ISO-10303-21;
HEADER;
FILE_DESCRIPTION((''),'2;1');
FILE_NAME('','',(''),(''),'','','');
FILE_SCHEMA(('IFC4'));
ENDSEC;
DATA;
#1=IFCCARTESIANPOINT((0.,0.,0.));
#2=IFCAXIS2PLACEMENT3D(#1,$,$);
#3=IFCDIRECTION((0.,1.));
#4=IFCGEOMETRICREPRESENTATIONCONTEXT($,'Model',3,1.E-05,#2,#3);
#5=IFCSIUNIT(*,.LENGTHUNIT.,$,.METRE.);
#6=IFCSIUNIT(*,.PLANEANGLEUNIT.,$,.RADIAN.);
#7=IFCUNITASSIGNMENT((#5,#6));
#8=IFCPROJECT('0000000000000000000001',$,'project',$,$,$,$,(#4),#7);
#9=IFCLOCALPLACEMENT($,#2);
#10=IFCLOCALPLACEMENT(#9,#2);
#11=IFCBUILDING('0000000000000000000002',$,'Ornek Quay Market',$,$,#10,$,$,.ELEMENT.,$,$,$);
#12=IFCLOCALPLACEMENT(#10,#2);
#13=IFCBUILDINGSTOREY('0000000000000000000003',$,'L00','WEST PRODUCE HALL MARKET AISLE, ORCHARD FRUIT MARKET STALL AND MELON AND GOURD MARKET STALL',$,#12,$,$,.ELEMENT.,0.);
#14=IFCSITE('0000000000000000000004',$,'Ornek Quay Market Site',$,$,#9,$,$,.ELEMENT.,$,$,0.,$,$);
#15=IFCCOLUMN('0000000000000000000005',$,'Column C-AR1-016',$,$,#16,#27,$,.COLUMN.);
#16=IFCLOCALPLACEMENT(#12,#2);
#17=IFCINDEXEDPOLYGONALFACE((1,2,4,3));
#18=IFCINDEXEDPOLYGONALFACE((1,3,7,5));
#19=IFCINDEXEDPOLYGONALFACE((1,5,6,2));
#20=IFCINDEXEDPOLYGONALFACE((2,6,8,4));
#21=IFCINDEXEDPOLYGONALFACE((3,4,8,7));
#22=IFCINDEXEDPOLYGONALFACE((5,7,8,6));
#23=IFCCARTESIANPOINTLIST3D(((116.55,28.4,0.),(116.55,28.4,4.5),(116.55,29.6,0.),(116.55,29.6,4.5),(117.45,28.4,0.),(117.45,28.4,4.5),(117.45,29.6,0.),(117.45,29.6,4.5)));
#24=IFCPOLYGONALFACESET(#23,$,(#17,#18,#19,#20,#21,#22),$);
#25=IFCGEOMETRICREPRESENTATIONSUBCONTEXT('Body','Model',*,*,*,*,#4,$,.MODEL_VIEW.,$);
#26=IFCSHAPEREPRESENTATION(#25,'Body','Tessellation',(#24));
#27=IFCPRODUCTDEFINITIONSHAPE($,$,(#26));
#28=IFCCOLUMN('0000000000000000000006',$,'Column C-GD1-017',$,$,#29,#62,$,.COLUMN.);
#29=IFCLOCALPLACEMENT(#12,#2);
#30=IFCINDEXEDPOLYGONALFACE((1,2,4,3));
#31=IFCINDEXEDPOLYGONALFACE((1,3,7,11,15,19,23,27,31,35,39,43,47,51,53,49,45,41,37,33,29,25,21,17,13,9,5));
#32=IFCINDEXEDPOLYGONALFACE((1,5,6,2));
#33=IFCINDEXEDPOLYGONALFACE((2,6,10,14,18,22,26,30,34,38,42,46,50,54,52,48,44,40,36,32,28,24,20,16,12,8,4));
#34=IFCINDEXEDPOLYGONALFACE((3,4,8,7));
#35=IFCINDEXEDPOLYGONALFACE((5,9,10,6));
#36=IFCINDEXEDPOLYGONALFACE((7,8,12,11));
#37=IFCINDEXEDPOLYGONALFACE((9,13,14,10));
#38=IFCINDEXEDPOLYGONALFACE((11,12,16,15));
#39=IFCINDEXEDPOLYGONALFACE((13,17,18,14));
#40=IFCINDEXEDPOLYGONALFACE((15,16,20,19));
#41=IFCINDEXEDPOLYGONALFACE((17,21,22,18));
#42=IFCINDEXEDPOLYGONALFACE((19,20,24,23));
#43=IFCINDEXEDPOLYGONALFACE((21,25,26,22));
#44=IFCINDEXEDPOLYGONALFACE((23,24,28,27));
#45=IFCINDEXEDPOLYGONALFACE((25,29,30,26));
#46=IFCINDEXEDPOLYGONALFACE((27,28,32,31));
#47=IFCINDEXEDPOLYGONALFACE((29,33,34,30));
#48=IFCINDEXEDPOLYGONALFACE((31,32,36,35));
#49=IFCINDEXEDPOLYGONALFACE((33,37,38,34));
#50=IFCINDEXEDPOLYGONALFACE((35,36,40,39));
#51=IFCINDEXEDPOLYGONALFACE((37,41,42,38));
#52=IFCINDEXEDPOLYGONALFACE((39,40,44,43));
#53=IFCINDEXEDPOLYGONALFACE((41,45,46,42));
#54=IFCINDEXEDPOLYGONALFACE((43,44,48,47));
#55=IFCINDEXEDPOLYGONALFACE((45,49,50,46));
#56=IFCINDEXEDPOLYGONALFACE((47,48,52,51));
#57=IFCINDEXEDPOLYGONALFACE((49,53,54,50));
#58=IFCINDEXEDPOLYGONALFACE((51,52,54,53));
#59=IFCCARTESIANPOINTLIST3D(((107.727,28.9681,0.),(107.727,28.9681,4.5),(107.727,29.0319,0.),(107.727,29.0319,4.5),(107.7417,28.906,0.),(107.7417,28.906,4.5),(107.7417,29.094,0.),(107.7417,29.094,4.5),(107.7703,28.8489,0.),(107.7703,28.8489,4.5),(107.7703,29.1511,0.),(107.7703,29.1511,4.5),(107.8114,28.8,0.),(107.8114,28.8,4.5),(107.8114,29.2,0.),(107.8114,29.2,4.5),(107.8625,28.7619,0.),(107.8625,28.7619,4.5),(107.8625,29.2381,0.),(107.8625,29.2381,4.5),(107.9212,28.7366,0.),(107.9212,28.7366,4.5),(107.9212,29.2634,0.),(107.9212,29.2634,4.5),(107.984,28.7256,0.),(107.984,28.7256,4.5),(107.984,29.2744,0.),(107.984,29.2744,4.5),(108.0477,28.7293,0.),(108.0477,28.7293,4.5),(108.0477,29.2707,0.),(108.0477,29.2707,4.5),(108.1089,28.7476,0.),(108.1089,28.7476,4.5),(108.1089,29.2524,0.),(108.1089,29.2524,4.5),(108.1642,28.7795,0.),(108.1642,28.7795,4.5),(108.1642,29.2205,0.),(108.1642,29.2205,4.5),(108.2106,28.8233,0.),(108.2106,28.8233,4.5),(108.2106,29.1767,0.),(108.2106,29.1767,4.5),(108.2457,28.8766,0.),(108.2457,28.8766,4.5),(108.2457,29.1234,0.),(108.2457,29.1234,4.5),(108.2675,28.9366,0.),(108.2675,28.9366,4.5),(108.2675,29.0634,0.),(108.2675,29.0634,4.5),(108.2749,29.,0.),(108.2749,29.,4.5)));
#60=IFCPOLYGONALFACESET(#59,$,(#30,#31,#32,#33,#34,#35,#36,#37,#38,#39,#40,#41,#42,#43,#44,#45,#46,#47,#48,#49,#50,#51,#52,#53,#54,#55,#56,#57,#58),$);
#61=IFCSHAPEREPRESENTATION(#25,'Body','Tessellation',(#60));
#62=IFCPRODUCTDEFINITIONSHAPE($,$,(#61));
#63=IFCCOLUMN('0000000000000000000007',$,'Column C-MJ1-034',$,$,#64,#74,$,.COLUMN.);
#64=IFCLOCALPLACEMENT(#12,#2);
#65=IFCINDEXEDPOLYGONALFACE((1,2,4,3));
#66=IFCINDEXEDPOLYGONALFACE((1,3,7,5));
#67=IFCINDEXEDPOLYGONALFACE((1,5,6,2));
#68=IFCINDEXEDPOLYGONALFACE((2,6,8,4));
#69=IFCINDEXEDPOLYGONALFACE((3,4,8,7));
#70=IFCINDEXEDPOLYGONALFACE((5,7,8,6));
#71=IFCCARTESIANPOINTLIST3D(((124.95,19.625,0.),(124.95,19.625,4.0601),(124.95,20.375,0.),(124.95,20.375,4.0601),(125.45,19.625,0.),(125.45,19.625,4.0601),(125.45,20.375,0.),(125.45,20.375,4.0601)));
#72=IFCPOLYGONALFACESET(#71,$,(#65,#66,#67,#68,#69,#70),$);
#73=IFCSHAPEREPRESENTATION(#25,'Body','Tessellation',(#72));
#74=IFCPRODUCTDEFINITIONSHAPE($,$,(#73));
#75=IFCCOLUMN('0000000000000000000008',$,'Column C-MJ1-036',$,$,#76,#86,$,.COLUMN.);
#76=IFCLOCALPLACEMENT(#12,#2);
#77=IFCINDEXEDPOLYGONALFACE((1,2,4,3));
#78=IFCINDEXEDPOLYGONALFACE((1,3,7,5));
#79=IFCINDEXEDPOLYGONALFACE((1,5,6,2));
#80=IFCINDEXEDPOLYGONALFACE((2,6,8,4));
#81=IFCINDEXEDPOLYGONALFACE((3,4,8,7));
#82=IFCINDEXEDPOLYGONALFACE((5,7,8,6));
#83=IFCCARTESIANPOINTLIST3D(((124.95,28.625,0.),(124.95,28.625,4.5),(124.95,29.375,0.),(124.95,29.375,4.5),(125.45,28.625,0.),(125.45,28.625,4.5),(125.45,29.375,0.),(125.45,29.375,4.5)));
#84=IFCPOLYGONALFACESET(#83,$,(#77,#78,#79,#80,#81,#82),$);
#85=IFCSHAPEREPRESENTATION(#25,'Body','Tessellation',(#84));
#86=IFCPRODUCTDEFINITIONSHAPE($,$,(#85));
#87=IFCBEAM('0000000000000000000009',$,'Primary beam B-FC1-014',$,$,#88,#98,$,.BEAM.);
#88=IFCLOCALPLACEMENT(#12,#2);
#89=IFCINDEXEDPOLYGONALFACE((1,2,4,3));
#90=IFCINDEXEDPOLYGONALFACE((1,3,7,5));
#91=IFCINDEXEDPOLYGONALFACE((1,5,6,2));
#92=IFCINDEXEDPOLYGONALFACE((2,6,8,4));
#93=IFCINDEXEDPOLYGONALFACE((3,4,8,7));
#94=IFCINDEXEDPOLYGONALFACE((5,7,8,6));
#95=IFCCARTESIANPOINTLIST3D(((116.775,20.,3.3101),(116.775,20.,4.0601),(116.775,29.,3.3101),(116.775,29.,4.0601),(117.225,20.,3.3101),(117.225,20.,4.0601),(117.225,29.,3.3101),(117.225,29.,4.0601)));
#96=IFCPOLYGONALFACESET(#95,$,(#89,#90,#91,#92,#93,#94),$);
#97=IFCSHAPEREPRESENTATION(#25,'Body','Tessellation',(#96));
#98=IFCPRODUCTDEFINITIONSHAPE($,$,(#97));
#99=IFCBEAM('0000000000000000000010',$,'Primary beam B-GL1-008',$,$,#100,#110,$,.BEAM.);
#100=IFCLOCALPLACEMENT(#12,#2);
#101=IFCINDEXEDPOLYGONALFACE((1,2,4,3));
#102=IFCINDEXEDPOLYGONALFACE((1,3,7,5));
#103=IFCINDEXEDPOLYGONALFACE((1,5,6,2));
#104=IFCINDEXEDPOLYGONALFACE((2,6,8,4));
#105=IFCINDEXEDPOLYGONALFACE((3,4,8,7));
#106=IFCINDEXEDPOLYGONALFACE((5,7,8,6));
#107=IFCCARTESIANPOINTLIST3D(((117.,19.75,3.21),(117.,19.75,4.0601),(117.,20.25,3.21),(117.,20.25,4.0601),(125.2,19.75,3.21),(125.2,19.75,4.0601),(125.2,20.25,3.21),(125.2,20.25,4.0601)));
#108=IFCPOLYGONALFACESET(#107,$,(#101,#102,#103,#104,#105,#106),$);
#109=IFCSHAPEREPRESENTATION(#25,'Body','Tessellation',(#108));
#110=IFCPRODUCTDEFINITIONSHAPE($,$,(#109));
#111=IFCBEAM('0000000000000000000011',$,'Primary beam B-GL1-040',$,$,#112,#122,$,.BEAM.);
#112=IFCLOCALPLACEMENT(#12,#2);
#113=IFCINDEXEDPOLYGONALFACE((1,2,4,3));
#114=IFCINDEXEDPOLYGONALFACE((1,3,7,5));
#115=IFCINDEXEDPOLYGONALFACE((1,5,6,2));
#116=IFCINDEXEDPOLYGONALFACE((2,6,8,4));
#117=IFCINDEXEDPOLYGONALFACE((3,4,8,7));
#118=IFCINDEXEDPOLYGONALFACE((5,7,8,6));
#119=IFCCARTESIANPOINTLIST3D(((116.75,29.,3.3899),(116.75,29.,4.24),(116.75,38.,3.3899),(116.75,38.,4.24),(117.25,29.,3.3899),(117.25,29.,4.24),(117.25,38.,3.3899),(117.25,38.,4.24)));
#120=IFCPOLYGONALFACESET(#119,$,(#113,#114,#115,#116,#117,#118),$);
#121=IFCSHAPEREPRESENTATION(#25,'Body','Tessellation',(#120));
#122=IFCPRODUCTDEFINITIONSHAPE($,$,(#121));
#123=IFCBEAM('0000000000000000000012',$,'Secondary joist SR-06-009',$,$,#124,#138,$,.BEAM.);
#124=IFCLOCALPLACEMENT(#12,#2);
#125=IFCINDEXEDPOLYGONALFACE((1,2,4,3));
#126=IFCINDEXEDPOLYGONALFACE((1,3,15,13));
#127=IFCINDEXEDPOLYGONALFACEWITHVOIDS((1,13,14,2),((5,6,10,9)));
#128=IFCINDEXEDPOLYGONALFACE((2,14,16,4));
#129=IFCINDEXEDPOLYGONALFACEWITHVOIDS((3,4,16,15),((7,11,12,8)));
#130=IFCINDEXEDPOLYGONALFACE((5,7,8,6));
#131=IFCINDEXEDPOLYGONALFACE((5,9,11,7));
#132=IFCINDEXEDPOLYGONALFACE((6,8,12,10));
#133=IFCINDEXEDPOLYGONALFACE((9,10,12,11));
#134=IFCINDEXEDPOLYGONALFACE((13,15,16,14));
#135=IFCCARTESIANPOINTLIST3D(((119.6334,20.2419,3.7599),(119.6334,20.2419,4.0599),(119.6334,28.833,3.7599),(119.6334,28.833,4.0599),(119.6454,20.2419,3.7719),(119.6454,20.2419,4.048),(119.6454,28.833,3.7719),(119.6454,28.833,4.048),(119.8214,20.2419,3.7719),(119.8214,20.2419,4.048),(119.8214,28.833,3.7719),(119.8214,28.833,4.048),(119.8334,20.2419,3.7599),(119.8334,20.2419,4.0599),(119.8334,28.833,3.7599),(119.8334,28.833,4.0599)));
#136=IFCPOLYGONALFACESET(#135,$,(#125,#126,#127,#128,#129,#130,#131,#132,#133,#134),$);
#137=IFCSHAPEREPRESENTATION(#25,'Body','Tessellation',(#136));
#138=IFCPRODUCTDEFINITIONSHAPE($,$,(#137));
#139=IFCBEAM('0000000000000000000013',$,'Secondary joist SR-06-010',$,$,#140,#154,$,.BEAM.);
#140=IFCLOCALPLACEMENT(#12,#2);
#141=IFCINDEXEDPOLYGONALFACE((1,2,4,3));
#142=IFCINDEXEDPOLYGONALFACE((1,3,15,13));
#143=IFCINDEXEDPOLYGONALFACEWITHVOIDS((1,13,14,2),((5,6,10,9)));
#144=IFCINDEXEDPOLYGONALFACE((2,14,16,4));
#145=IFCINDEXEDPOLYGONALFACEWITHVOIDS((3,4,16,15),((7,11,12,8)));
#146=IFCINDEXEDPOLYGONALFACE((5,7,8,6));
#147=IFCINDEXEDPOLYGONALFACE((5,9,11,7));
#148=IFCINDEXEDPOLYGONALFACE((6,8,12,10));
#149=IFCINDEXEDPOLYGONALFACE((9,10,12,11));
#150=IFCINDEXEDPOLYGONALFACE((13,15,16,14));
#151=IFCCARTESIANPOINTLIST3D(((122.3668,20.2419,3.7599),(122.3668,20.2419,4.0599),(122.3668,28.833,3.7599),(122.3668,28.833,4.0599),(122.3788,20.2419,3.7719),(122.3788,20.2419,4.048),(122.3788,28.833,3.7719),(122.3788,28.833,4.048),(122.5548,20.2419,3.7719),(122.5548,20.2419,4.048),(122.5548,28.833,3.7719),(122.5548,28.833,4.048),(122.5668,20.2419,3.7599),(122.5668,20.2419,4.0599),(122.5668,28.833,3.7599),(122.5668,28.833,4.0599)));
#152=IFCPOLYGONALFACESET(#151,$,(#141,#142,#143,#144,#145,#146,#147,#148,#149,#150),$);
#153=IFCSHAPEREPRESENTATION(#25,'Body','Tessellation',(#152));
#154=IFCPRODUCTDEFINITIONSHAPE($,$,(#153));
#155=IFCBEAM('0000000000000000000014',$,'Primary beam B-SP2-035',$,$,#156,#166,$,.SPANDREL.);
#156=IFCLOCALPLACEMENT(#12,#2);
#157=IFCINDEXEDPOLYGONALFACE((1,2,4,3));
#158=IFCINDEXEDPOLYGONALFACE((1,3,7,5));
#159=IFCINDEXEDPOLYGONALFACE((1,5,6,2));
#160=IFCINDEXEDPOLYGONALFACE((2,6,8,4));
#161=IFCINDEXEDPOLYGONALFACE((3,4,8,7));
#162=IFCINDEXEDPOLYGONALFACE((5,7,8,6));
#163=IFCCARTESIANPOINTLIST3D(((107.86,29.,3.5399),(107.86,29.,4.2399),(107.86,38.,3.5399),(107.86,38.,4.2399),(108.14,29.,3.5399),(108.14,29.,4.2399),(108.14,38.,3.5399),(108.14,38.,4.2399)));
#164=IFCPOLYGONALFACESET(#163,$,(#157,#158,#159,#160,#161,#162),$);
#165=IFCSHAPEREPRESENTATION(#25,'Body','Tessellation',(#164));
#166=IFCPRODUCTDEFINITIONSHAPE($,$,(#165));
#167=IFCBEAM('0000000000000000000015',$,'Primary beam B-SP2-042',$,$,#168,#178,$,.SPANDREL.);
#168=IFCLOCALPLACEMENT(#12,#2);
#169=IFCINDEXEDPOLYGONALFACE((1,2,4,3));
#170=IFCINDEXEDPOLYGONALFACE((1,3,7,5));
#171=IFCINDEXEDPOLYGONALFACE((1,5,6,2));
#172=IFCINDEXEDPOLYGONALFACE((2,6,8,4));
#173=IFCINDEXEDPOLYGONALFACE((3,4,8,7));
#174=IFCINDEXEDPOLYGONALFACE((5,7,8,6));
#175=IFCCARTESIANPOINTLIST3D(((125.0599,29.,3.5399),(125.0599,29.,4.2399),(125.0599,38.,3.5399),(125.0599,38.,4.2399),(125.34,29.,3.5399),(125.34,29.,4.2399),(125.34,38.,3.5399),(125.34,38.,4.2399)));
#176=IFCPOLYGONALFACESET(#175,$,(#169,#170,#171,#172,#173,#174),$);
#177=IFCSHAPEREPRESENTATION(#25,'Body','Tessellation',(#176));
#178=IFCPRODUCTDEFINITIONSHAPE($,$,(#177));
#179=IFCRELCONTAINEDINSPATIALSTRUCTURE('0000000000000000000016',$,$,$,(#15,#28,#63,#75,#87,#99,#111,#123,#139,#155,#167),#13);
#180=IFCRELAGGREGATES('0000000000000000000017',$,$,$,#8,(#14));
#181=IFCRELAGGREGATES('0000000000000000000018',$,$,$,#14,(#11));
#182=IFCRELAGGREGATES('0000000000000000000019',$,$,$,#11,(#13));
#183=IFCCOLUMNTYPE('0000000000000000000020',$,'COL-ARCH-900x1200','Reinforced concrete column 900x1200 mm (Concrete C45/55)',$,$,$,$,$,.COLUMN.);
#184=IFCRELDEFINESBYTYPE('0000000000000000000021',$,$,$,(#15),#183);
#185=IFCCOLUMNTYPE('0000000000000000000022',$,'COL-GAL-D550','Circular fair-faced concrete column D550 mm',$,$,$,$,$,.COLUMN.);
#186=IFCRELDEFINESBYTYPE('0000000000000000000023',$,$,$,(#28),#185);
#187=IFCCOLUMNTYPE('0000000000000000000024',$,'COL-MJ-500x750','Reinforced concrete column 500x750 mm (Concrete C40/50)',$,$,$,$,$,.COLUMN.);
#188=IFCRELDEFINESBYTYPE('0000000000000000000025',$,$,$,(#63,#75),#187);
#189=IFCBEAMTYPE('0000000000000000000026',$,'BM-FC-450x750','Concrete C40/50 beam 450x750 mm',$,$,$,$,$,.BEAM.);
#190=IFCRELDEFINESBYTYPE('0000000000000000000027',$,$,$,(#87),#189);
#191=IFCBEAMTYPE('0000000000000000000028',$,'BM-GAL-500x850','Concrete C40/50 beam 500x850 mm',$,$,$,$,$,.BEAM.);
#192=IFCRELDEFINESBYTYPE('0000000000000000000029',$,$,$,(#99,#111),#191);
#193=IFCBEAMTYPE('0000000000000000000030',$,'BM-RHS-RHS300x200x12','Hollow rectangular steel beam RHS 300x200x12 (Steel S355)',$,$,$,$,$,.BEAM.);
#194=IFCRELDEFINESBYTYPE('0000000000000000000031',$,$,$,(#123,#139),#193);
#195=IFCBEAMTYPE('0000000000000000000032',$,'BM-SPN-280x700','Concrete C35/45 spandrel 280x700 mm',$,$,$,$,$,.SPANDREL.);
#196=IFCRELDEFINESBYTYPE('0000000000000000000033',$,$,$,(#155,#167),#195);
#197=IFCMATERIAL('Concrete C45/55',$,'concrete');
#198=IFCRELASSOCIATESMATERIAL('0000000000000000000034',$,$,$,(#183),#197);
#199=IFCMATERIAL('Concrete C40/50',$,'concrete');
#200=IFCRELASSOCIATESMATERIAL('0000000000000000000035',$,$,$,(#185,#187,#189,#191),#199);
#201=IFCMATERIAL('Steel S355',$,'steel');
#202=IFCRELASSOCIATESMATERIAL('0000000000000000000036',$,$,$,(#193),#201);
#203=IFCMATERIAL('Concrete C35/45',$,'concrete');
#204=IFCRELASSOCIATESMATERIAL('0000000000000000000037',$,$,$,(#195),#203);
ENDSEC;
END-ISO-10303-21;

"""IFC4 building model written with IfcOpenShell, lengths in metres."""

from ifc_helpers import new_model, si_unit, direction, frame, origin, origin_2d, place, context, subcontext, project, spatial, rectangle, hollow_rectangle, circle, extrude, material, material_profile, profile_set, type_object, element, save


model = new_model("IFC4")

# Units and contexts
model_context = context("Model", 3, precision=1e-05, world=origin(), true_north=direction((0.0, 1.0)))
body_context = subcontext(model_context, "Body", "Model", "MODEL_VIEW")
ifc_project = project(units=[si_unit("LENGTHUNIT", "METRE"), si_unit("PLANEANGLEUNIT", "RADIAN")], contexts=[model_context])

# Site, building, storey
site_placement = place(None, origin())
site = spatial("IfcSite", under=ifc_project, at=site_placement, Name="Ornek Quay Market Site", CompositionType="ELEMENT", RefElevation=0.0)
building_placement = place(site_placement, origin())
building = spatial("IfcBuilding", under=site, at=building_placement, Name="Ornek Quay Market", CompositionType="ELEMENT")
storey_placement = place(building_placement, origin())
storey = spatial("IfcBuildingStorey", under=building, at=storey_placement, Name="L00", Description="WEST PRODUCE HALL MARKET AISLE, ORCHARD FRUIT MARKET STALL AND MELON AND GOURD MARKET STALL", CompositionType="ELEMENT", Elevation=0.0)

# Columns
ifc_material_1 = material(Name="Concrete C45/55", Category="concrete")
ifc_material_profile_1 = material_profile(ifc_material_1, rectangle(XDim=0.8999, YDim=1.2, at=origin_2d()), Name="RC 900x1200", Category="concrete")
ifc_profile_set_1 = profile_set([ifc_material_profile_1], Name="Concrete C45/55")
column_type_1 = type_object("IfcColumnType", Name="COL-ARCH-900x1200", Description="Reinforced concrete column 900x1200 mm (Concrete C45/55)", PredefinedType="COLUMN", material=ifc_profile_set_1)
column_1_placement = place(storey_placement, frame((117.0, 29.0, 0.0), z_axis=(0.0, 0.0, 1.0), x_axis=(1.0, 0.0, 0.0)))
element("IfcColumn", 1, at=column_1_placement, inside=storey, type_object=column_type_1, Name="Column C-AR1-016", PredefinedType="COLUMN", context=body_context, shape_type="SweptSolid", body=[
    extrude(rectangle(XDim=0.8999, YDim=1.2, at=origin_2d()), origin(), (0.0, 0.0, 1.0), 4.5),
])
ifc_material_2 = material(Name="Concrete C40/50", Category="concrete")
ifc_material_profile_2 = material_profile(ifc_material_2, circle(Radius=0.2749, at=origin_2d()), Name="RC D550", Category="concrete")
ifc_profile_set_2 = profile_set([ifc_material_profile_2], Name="Concrete C40/50")
column_type_2 = type_object("IfcColumnType", Name="COL-GAL-D550", Description="Circular fair-faced concrete column D550 mm", PredefinedType="COLUMN", material=ifc_profile_set_2)
column_2_placement = place(storey_placement, frame((108.0, 29.0, 0.0), z_axis=(0.0, 0.0, 1.0), x_axis=(1.0, 0.0, 0.0)))
element("IfcColumn", 2, at=column_2_placement, inside=storey, type_object=column_type_2, Name="Column C-GD1-017", PredefinedType="COLUMN", context=body_context, shape_type="SweptSolid", body=[
    extrude(circle(Radius=0.2749, at=origin_2d()), origin(), (0.0, 0.0, 1.0), 4.5),
])
ifc_material_profile_3 = material_profile(ifc_material_2, rectangle(XDim=0.5, YDim=0.75, at=origin_2d()), Name="RC 500x750", Category="concrete")
ifc_profile_set_3 = profile_set([ifc_material_profile_3], Name="Concrete C40/50")
column_type_3 = type_object("IfcColumnType", Name="COL-MJ-500x750", Description="Reinforced concrete column 500x750 mm (Concrete C40/50)", PredefinedType="COLUMN", material=ifc_profile_set_3)
column_3_placement = place(storey_placement, frame((125.2, 20.0, 0.0), z_axis=(0.0, 0.0, 1.0), x_axis=(1.0, 0.0, 0.0)))
element("IfcColumn", 3, at=column_3_placement, inside=storey, type_object=column_type_3, Name="Column C-MJ1-034", PredefinedType="COLUMN", context=body_context, shape_type="SweptSolid", body=[
    extrude(rectangle(XDim=0.5, YDim=0.75, at=origin_2d()), origin(), (0.0, 0.0, 1.0), 4.0601),
])
column_4_placement = place(storey_placement, frame((125.2, 29.0, 0.0), z_axis=(0.0, 0.0, 1.0), x_axis=(1.0, 0.0, 0.0)))
element("IfcColumn", 4, at=column_4_placement, inside=storey, type_object=column_type_3, Name="Column C-MJ1-036", PredefinedType="COLUMN", context=body_context, shape_type="SweptSolid", body=[
    extrude(rectangle(XDim=0.5, YDim=0.75, at=origin_2d()), origin(), (0.0, 0.0, 1.0), 4.5),
])

# Beams
ifc_material_profile_4 = material_profile(ifc_material_2, rectangle(XDim=0.45, YDim=0.75, at=origin_2d()), Name="RC 450x750", Category="concrete")
ifc_profile_set_4 = profile_set([ifc_material_profile_4], Name="Concrete C40/50")
beam_type_1 = type_object("IfcBeamType", Name="BM-FC-450x750", Description="Concrete C40/50 beam 450x750 mm", PredefinedType="BEAM", material=ifc_profile_set_4)
beam_1_placement = place(storey_placement, frame((117.0, 20.0, 3.6851), z_axis=(0.0, 1.0, 0.0), x_axis=(-1.0, 0.0, 0.0)))
element("IfcBeam", 5, at=beam_1_placement, inside=storey, type_object=beam_type_1, Name="Primary beam B-FC1-014", PredefinedType="BEAM", context=body_context, shape_type="SweptSolid", body=[
    extrude(rectangle(XDim=0.45, YDim=0.75, at=origin_2d()), origin(), (0.0, 0.0, 1.0), 9.0),
])
ifc_material_profile_5 = material_profile(ifc_material_2, rectangle(XDim=0.5, YDim=0.8501, at=origin_2d()), Name="RC 500x850", Category="concrete")
ifc_profile_set_5 = profile_set([ifc_material_profile_5], Name="Concrete C40/50")
beam_type_2 = type_object("IfcBeamType", Name="BM-GAL-500x850", Description="Concrete C40/50 beam 500x850 mm", PredefinedType="BEAM", material=ifc_profile_set_5)
beam_2_placement = place(storey_placement, frame((117.0, 20.0, 3.635), z_axis=(1.0, 0.0, 0.0), x_axis=(0.0, 1.0, 0.0)))
element("IfcBeam", 6, at=beam_2_placement, inside=storey, type_object=beam_type_2, Name="Primary beam B-GL1-008", PredefinedType="BEAM", context=body_context, shape_type="SweptSolid", body=[
    extrude(rectangle(XDim=0.5, YDim=0.8501, at=origin_2d()), origin(), (0.0, 0.0, 1.0), 8.2),
])
beam_3_placement = place(storey_placement, frame((117.0, 29.0, 3.8149), z_axis=(0.0, 1.0, 0.0), x_axis=(-1.0, 0.0, 0.0)))
element("IfcBeam", 7, at=beam_3_placement, inside=storey, type_object=beam_type_2, Name="Primary beam B-GL1-040", PredefinedType="BEAM", context=body_context, shape_type="SweptSolid", body=[
    extrude(rectangle(XDim=0.5, YDim=0.8501, at=origin_2d()), origin(), (0.0, 0.0, 1.0), 9.0),
])
ifc_material_3 = material(Name="Steel S355", Category="steel")
ifc_material_profile_6 = material_profile(ifc_material_3, hollow_rectangle(XDim=0.2, YDim=0.3, WallThickness=0.012, at=origin_2d()), Name="RHS 300x200x12", Category="steel")
ifc_profile_set_6 = profile_set([ifc_material_profile_6], Name="Steel S355")
beam_type_3 = type_object("IfcBeamType", Name="BM-RHS-RHS300x200x12", Description="Hollow rectangular steel beam RHS 300x200x12 (Steel S355)", PredefinedType="BEAM", material=ifc_profile_set_6)
for number, where, z_axis, x_axis, name in (
    (8, (119.7334, 20.2419, 3.9099), (0.0, 1.0, 0.0), (-1.0, 0.0, 0.0), "Secondary joist SR-06-009"),
    (9, (122.4668, 20.2419, 3.9099), (0.0, 1.0, 0.0), (-1.0, 0.0, 0.0), "Secondary joist SR-06-010"),
):
    element("IfcBeam", number, at=place(storey_placement, frame(where, z_axis=z_axis, x_axis=x_axis)), inside=storey, type_object=beam_type_3, Name=name, PredefinedType="BEAM", context=body_context, shape_type="SweptSolid", body=[
        extrude(hollow_rectangle(XDim=0.2, YDim=0.3, WallThickness=0.012, at=origin_2d()), origin(), (0.0, 0.0, 1.0), 8.5911),
    ])
ifc_material_4 = material(Name="Concrete C35/45", Category="concrete")
ifc_material_profile_7 = material_profile(ifc_material_4, rectangle(XDim=0.28, YDim=0.7, at=origin_2d()), Name="RC 280x700", Category="concrete")
ifc_profile_set_7 = profile_set([ifc_material_profile_7], Name="Concrete C35/45")
beam_type_4 = type_object("IfcBeamType", Name="BM-SPN-280x700", Description="Concrete C35/45 spandrel 280x700 mm", PredefinedType="SPANDREL", material=ifc_profile_set_7)
for number, where, z_axis, x_axis, name in (
    (10, (108.0, 29.0, 3.8899), (0.0, 1.0, 0.0), (-1.0, 0.0, 0.0), "Primary beam B-SP2-035"),
    (11, (125.2, 29.0, 3.8899), (0.0, 1.0, 0.0), (-1.0, 0.0, 0.0), "Primary beam B-SP2-042"),
):
    element("IfcBeam", number, at=place(storey_placement, frame(where, z_axis=z_axis, x_axis=x_axis)), inside=storey, type_object=beam_type_4, Name=name, PredefinedType="SPANDREL", context=body_context, shape_type="SweptSolid", body=[
        extrude(rectangle(XDim=0.28, YDim=0.7, at=origin_2d()), origin(), (0.0, 0.0, 1.0), 9.0),
    ])

save(model, "model.ifc")
